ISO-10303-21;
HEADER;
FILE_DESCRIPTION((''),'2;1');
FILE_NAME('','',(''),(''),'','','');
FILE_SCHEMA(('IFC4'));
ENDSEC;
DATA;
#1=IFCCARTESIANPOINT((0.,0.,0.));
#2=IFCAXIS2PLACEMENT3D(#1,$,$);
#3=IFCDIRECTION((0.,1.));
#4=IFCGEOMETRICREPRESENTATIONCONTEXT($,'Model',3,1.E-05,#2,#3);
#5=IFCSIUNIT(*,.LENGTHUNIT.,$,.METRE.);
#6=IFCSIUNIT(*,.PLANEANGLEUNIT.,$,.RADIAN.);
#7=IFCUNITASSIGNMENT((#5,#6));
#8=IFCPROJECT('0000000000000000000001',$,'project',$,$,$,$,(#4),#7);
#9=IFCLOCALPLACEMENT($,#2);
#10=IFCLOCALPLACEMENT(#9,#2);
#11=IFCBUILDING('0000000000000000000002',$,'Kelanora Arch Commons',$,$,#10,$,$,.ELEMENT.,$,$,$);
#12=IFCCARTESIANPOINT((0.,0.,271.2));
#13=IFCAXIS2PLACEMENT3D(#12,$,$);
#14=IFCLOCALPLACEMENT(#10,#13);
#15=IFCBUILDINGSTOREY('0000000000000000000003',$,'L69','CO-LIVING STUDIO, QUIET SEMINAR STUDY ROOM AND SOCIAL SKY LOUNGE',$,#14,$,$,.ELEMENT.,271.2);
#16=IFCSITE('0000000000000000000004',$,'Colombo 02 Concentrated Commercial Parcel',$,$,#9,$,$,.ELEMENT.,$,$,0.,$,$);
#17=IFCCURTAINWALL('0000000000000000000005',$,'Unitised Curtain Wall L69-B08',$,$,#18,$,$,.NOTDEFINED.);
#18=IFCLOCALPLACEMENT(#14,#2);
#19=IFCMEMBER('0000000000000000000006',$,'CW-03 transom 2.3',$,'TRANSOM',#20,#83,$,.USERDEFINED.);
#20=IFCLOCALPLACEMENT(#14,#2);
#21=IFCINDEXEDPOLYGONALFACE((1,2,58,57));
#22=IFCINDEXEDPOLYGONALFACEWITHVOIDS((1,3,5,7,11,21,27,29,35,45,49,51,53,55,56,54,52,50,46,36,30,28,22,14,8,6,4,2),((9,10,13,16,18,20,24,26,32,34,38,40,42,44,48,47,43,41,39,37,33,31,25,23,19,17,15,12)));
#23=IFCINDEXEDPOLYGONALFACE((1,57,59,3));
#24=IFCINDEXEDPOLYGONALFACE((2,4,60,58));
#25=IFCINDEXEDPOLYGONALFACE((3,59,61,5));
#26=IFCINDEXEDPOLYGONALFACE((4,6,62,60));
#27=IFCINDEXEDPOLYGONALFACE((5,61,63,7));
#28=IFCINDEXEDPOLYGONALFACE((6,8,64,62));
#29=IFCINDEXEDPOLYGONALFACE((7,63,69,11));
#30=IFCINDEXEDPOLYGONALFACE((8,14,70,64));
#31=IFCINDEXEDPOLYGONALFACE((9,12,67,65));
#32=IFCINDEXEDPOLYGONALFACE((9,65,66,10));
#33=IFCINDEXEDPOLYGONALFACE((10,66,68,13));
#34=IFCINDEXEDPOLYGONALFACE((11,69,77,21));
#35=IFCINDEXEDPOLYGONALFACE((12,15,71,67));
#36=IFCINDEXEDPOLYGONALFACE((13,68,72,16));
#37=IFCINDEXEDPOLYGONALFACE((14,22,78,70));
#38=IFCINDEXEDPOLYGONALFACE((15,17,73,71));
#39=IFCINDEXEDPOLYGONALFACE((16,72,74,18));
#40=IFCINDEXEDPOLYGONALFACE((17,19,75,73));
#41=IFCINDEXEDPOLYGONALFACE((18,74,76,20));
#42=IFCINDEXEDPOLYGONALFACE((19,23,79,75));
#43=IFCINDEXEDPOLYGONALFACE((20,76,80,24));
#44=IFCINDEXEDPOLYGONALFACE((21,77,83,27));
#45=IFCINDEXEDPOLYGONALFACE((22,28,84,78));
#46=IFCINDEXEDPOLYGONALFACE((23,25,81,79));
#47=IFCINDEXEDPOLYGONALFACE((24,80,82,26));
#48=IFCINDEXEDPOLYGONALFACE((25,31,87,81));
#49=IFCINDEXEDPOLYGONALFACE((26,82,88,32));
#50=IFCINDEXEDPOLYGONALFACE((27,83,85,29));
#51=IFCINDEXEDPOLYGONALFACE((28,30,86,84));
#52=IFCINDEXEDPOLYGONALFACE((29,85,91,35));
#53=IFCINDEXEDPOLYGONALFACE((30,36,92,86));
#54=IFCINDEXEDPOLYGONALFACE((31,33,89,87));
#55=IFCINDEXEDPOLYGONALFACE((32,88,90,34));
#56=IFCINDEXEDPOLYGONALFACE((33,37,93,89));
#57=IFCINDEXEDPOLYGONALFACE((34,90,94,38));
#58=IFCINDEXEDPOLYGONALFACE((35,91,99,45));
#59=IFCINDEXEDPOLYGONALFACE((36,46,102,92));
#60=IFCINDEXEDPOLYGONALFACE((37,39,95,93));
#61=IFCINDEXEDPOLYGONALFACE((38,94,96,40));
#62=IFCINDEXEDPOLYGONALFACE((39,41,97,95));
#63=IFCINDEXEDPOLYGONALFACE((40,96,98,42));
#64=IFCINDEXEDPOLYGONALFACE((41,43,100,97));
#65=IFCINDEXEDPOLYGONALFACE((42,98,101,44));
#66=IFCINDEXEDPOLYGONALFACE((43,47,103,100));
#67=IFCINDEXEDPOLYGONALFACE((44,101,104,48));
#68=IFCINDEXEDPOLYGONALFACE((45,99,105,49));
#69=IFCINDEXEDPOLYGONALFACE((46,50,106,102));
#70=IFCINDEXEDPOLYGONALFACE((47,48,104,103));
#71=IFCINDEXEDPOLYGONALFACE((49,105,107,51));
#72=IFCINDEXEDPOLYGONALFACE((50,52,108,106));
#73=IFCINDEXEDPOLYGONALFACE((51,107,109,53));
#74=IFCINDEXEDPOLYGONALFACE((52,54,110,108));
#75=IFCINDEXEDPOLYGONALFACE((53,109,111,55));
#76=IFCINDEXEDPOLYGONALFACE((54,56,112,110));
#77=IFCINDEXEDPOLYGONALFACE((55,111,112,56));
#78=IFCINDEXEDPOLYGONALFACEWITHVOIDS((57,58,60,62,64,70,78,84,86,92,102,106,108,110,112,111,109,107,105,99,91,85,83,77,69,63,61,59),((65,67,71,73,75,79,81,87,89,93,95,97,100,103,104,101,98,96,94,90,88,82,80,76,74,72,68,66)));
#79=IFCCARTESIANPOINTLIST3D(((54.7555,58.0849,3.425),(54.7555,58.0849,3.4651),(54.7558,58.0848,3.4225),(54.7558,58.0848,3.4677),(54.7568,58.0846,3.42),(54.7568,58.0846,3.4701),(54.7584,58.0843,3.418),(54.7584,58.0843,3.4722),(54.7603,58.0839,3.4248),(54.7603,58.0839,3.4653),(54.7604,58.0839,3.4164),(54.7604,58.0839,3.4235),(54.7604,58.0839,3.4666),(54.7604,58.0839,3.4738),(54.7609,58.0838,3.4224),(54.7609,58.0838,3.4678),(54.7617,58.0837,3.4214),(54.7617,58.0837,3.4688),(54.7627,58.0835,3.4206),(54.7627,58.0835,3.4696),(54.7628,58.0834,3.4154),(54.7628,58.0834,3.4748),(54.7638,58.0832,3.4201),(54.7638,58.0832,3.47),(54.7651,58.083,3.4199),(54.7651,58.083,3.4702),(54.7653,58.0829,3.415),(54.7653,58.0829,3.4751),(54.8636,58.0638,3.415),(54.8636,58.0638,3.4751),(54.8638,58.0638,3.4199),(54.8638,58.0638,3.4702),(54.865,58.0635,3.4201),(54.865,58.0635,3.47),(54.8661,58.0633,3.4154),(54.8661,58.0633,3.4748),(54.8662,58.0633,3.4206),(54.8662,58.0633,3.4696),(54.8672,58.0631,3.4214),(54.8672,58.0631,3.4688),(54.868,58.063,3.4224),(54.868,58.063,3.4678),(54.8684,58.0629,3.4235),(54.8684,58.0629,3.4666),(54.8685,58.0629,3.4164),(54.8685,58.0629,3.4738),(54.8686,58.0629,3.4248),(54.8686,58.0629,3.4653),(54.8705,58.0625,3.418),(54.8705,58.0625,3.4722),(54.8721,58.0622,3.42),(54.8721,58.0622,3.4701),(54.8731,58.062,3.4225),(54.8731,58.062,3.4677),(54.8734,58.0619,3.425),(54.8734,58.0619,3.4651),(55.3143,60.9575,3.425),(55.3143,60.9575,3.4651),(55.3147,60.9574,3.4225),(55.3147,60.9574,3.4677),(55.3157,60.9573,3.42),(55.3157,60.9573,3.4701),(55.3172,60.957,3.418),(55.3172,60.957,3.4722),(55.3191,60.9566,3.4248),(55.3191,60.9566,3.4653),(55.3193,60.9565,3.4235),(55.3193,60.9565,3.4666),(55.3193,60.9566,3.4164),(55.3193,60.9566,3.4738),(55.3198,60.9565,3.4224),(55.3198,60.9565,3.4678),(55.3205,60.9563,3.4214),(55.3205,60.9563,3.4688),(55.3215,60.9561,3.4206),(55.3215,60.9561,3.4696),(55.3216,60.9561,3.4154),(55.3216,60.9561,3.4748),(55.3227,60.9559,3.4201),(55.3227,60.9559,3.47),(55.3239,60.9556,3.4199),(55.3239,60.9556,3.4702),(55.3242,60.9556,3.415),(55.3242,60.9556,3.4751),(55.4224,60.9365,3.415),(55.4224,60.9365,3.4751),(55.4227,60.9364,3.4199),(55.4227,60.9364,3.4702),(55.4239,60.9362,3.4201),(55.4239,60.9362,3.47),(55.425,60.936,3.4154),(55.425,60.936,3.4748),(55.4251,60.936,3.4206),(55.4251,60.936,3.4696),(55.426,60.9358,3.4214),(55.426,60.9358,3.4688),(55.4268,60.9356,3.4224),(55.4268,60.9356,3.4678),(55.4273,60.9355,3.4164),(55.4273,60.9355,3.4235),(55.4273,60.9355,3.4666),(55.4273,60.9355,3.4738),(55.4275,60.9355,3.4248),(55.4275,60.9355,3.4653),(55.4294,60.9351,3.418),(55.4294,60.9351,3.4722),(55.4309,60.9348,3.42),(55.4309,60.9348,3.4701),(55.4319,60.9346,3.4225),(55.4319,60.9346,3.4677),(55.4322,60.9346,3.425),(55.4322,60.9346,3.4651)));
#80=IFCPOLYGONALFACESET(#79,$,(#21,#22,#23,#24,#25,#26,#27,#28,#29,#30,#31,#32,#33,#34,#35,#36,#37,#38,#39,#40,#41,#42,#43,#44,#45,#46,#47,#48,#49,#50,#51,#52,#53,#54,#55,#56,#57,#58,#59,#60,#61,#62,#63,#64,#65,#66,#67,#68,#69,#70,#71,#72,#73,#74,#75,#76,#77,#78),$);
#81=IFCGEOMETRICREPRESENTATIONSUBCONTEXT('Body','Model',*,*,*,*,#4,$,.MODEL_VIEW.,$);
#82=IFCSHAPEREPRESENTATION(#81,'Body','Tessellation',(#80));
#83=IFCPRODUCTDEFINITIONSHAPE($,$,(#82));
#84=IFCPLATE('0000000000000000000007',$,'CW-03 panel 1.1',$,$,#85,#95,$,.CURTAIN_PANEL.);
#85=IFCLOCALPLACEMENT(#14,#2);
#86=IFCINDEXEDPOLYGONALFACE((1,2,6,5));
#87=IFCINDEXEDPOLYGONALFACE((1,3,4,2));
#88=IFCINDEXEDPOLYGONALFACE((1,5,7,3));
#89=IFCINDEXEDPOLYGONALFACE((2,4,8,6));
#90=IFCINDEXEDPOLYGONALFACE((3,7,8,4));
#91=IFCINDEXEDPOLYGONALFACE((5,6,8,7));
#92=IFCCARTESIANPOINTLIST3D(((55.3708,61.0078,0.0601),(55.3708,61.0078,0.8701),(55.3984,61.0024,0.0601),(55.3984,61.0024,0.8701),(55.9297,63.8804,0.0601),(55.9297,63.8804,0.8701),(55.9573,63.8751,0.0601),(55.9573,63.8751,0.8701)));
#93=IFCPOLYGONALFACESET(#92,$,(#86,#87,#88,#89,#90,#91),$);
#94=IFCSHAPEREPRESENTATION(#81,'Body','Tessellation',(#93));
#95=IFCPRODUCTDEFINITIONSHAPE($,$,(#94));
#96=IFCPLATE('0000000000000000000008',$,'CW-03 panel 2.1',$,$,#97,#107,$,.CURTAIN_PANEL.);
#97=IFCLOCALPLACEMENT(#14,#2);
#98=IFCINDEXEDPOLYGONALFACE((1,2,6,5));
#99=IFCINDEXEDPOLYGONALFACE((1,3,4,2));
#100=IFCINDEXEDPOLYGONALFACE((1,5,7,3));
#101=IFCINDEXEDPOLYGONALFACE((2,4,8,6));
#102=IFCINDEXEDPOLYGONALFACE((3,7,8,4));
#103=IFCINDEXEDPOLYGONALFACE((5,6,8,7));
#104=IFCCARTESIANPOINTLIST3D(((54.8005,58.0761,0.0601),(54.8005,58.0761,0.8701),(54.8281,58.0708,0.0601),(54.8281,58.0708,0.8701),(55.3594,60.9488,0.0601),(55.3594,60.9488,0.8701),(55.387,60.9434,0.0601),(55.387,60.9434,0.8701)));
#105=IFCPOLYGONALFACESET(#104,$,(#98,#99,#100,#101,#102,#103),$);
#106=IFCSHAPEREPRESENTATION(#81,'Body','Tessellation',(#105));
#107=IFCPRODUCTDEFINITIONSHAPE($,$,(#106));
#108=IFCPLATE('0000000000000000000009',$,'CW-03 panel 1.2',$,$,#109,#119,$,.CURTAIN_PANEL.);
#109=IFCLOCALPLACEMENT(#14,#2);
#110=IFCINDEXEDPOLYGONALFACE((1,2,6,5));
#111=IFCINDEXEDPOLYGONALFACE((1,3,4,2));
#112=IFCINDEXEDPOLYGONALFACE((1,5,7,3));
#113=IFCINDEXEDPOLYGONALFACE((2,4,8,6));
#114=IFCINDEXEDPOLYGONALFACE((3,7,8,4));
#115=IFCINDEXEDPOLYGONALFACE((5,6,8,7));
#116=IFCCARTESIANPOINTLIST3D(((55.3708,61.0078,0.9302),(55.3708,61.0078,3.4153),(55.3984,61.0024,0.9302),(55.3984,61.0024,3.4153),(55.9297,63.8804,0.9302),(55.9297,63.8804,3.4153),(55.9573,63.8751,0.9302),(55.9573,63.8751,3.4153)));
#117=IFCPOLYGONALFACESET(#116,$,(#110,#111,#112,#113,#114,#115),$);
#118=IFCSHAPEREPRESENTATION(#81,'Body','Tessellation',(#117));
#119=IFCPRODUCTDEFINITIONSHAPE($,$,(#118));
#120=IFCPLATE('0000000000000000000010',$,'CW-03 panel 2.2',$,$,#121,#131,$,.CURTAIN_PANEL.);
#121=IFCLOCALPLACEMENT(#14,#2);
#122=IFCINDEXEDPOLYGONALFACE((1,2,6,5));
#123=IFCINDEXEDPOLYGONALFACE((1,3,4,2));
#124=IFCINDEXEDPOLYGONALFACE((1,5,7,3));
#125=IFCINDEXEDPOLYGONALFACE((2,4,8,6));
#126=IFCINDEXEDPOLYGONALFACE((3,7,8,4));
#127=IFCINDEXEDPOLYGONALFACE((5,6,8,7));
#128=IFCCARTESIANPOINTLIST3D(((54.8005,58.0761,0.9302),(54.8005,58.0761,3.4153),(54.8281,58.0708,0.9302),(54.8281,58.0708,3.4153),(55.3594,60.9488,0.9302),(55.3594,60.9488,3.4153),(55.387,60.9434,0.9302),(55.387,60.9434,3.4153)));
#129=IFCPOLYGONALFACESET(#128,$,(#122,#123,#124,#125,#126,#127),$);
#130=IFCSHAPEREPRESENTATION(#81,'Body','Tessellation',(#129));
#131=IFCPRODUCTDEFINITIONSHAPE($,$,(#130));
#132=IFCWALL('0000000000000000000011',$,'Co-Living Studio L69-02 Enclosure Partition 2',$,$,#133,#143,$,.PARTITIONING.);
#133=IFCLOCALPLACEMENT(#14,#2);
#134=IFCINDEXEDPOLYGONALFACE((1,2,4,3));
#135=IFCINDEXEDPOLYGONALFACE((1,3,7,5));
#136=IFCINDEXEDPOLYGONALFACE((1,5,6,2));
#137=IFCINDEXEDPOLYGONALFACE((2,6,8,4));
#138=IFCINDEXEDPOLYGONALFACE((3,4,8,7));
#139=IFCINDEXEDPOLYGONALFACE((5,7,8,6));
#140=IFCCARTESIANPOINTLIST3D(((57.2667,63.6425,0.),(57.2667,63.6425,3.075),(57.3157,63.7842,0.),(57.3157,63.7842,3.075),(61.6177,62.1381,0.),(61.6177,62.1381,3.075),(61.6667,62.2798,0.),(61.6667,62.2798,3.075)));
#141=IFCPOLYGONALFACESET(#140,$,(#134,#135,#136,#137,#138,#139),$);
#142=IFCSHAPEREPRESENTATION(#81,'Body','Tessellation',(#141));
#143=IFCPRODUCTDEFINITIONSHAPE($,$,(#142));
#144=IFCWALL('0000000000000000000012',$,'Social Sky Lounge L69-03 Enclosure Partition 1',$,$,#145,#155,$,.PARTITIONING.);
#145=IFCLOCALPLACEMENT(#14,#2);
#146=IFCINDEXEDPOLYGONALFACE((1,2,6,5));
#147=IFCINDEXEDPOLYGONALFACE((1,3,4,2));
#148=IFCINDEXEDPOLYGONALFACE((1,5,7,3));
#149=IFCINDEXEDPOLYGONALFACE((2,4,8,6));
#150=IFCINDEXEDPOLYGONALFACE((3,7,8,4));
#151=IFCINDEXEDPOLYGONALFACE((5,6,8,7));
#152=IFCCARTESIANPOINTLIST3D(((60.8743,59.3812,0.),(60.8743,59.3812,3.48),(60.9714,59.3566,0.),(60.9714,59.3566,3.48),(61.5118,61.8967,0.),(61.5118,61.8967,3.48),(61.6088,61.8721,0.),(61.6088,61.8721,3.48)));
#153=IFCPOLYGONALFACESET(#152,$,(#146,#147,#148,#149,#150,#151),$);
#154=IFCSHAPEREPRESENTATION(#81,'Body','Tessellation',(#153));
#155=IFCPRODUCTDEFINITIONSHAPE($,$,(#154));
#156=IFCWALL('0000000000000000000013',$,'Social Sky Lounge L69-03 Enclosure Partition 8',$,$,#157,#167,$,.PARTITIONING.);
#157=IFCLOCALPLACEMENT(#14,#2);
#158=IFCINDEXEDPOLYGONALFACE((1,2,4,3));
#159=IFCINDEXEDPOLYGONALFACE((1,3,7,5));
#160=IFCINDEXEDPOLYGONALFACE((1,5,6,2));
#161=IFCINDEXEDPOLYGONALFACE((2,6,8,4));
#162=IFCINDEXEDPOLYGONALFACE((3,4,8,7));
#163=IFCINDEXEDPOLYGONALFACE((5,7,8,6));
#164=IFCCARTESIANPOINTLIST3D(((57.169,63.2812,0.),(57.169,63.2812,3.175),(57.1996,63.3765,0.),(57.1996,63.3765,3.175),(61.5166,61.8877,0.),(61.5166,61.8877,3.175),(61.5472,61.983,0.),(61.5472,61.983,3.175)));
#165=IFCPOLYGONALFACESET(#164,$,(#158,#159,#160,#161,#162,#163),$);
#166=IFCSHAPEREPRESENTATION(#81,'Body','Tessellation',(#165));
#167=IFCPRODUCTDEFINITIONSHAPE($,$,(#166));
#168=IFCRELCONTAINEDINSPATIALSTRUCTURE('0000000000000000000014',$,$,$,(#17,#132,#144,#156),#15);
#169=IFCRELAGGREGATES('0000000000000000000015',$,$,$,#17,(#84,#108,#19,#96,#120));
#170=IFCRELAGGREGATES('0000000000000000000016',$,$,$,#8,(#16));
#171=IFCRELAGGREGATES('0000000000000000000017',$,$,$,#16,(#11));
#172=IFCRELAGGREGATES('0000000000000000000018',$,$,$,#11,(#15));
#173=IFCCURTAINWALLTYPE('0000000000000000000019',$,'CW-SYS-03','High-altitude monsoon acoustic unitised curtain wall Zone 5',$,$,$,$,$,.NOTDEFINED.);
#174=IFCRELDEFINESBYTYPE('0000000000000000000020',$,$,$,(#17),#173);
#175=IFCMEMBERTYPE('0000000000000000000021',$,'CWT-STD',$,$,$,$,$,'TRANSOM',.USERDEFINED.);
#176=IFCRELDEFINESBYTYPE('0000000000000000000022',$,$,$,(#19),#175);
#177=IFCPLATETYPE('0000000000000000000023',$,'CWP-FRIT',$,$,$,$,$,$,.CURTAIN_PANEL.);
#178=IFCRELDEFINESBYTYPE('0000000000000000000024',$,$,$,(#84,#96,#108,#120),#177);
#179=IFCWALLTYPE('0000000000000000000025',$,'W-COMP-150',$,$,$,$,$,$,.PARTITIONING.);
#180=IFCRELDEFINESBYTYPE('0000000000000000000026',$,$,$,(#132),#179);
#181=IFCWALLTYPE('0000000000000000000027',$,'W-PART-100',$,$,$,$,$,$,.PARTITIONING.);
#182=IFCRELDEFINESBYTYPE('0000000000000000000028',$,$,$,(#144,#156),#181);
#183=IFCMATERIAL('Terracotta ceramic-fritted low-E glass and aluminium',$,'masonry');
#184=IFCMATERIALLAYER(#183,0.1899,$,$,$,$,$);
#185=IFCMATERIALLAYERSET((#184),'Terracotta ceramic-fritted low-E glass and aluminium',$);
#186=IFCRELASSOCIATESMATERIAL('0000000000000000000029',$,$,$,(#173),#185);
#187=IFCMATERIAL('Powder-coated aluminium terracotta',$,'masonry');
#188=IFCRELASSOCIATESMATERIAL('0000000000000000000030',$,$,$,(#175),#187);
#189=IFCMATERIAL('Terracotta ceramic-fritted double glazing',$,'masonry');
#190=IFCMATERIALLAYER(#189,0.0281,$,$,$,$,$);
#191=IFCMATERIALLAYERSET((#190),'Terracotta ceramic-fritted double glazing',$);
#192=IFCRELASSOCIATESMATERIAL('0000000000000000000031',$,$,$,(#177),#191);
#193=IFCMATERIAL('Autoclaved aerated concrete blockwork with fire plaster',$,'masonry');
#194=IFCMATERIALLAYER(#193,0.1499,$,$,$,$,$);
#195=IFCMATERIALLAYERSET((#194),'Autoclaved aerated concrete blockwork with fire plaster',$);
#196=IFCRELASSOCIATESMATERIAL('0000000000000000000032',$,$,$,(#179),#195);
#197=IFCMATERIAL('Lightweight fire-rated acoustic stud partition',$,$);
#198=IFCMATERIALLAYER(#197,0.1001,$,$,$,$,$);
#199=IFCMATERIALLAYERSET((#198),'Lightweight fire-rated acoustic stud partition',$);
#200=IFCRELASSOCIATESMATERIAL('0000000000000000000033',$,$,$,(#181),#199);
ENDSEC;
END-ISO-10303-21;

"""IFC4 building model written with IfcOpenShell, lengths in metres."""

from ifc_helpers import new_model, si_unit, direction, frame, frame_2d, origin, origin_2d, place, context, subcontext, project, spatial, rectangle, hollow_rectangle, extrude, source, transform, mapped, material, layer, layer_set, material_profile, profile_set, type_object, element, aggregate, save


model = new_model("IFC4")

# Units and contexts
model_context = context("Model", 3, precision=1e-05, world=origin(), true_north=direction((0.0, 1.0)))
body_context = subcontext(model_context, "Body", "Model", "MODEL_VIEW")
ifc_project = project(units=[si_unit("LENGTHUNIT", "METRE"), si_unit("PLANEANGLEUNIT", "RADIAN")], contexts=[model_context])

# Site, building, storey
site_placement = place(None, origin())
site = spatial("IfcSite", under=ifc_project, at=site_placement, Name="Colombo 02 Concentrated Commercial Parcel", CompositionType="ELEMENT", RefElevation=0.0)
building_placement = place(site_placement, origin())
building = spatial("IfcBuilding", under=site, at=building_placement, Name="Kelanora Arch Commons", CompositionType="ELEMENT")
storey_placement = place(building_placement, frame((0.0, 0.0, 271.2)))
storey = spatial("IfcBuildingStorey", under=building, at=storey_placement, Name="L69", Description="CO-LIVING STUDIO, QUIET SEMINAR STUDY ROOM AND SOCIAL SKY LOUNGE", CompositionType="ELEMENT", Elevation=271.2)

# Curtain wall, member, plates
ifc_material_1 = material(Name="Terracotta ceramic-fritted low-E glass and aluminium", Category="masonry")
ifc_layer_1 = layer(ifc_material_1, 0.1899)
ifc_layer_set_1 = layer_set([ifc_layer_1], Name="Terracotta ceramic-fritted low-E glass and aluminium")
curtain_wall_type = type_object("IfcCurtainWallType", Name="CW-SYS-03", Description="High-altitude monsoon acoustic unitised curtain wall Zone 5", PredefinedType="NOTDEFINED", material=ifc_layer_set_1)
curtain_wall_placement = place(storey_placement, origin())
curtain_wall = element("IfcCurtainWall", 1, at=curtain_wall_placement, inside=storey, type_object=curtain_wall_type, Name="Unitised Curtain Wall L69-B08", PredefinedType="NOTDEFINED")
ifc_material_2 = material(Name="Powder-coated aluminium terracotta", Category="masonry")
ifc_material_profile_1 = material_profile(ifc_material_2, hollow_rectangle(XDim=0.1201, YDim=0.0601, WallThickness=0.0049, InnerFilletRadius=0.0049, OuterFilletRadius=0.01, at=origin_2d()), Name="CWT120x60")
ifc_profile_set_1 = profile_set([ifc_material_profile_1], Name="Powder-coated aluminium terracotta")
member_type_1 = type_object("IfcMemberType", Name="CWT-STD", ElementType="TRANSOM", PredefinedType="USERDEFINED", material=ifc_profile_set_1)
member_1_placement = place(storey_placement, frame((55.3733, 60.946, 3.4451), z_axis=(-0.190963, -0.981597, 0.0), x_axis=(0.981597, -0.190963, 0.0)))
member_1 = element("IfcMember", 2, at=member_1_placement, type_object=member_type_1, Name="CW-03 transom 2.3", ObjectType="TRANSOM", PredefinedType="USERDEFINED", context=body_context, shape_type="SweptSolid", body=[
    extrude(hollow_rectangle(XDim=0.1201, YDim=0.0601, WallThickness=0.0049, InnerFilletRadius=0.0049, OuterFilletRadius=0.01, at=origin_2d()), origin(), (0.0, 0.0, 1.0), 2.9265),
])
ifc_material_3 = material(Name="Terracotta ceramic-fritted double glazing", Category="masonry")
ifc_layer_2 = layer(ifc_material_3, 0.0281)
ifc_layer_set_2 = layer_set([ifc_layer_2], Name="Terracotta ceramic-fritted double glazing")
plate_type = type_object("IfcPlateType", Name="CWP-FRIT", PredefinedType="CURTAIN_PANEL", material=ifc_layer_set_2)
shared_shape_1 = source(origin(), body_context, "Body", "SweptSolid", [
    extrude(rectangle(XDim=2.9265, YDim=0.0281, at=origin_2d()), origin(), (0.0, 0.0, 1.0), 0.8101),
])
plate_1_placement = place(storey_placement, frame((55.6641, 62.4414, 0.0601), z_axis=(0.0, 0.0, 1.0), x_axis=(-0.190972, -0.981596, 0.0)))
plate_1 = element("IfcPlate", 3, at=plate_1_placement, type_object=plate_type, Name="CW-03 panel 1.1", PredefinedType="CURTAIN_PANEL", context=body_context, shape_type="MappedRepresentation", body=[
    mapped(shared_shape_1, transform((0.0, 0.0, 0.0), scale=1.0)),
])
plate_2_placement = place(storey_placement, frame((55.0938, 59.5098, 0.0601), z_axis=(0.0, 0.0, 1.0), x_axis=(-0.190972, -0.981596, 0.0)))
plate_2 = element("IfcPlate", 4, at=plate_2_placement, type_object=plate_type, Name="CW-03 panel 2.1", PredefinedType="CURTAIN_PANEL", context=body_context, shape_type="MappedRepresentation", body=[
    mapped(shared_shape_1, transform((0.0, 0.0, 0.0), scale=1.0)),
])
shared_shape_2 = source(origin(), body_context, "Body", "SweptSolid", [
    extrude(rectangle(XDim=2.9265, YDim=0.0281, at=origin_2d()), origin(), (0.0, 0.0, 1.0), 2.4851),
])
plate_3_placement = place(storey_placement, frame((55.6641, 62.4414, 0.9302), z_axis=(0.0, 0.0, 1.0), x_axis=(-0.190972, -0.981596, 0.0)))
plate_3 = element("IfcPlate", 5, at=plate_3_placement, type_object=plate_type, Name="CW-03 panel 1.2", PredefinedType="CURTAIN_PANEL", context=body_context, shape_type="MappedRepresentation", body=[
    mapped(shared_shape_2, transform((0.0, 0.0, 0.0), scale=1.0)),
])
plate_4_placement = place(storey_placement, frame((55.0938, 59.5098, 0.9302), z_axis=(0.0, 0.0, 1.0), x_axis=(-0.190972, -0.981596, 0.0)))
plate_4 = element("IfcPlate", 6, at=plate_4_placement, type_object=plate_type, Name="CW-03 panel 2.2", PredefinedType="CURTAIN_PANEL", context=body_context, shape_type="MappedRepresentation", body=[
    mapped(shared_shape_2, transform((0.0, 0.0, 0.0), scale=1.0)),
])
aggregate(curtain_wall, [plate_1, plate_3, member_1, plate_2, plate_4])

# Walls
ifc_material_4 = material(Name="Autoclaved aerated concrete blockwork with fire plaster", Category="masonry")
ifc_layer_3 = layer(ifc_material_4, 0.1499)
ifc_layer_set_3 = layer_set([ifc_layer_3], Name="Autoclaved aerated concrete blockwork with fire plaster")
wall_type_1 = type_object("IfcWallType", Name="W-COMP-150", PredefinedType="PARTITIONING", material=ifc_layer_set_3)
wall_1_placement = place(storey_placement, frame((61.6421, 62.209, 0.0), z_axis=(0.0, 0.0, 1.0), x_axis=(-0.945103, 0.326772, 0.0)))
element("IfcWall", 7, at=wall_1_placement, inside=storey, type_object=wall_type_1, Name="Co-Living Studio L69-02 Enclosure Partition 2", PredefinedType="PARTITIONING", context=body_context, shape_type="SweptSolid", body=[
    extrude(rectangle(XDim=4.6038, YDim=0.1499, at=frame_2d((2.3018, 0.0))), origin(), (0.0, 0.0, 1.0), 3.075),
])
ifc_material_5 = material(Name="Lightweight fire-rated acoustic stud partition")
ifc_layer_4 = layer(ifc_material_5, 0.1001)
ifc_layer_set_4 = layer_set([ifc_layer_4], Name="Lightweight fire-rated acoustic stud partition")
wall_type_2 = type_object("IfcWallType", Name="W-PART-100", PredefinedType="PARTITIONING", material=ifc_layer_set_4)
wall_2_placement = place(storey_placement, frame((61.5603, 61.8843, 0.0), z_axis=(0.0, 0.0, 1.0), x_axis=(-0.245656, -0.969357, 0.0)))
element("IfcWall", 8, at=wall_2_placement, inside=storey, type_object=wall_type_2, Name="Social Sky Lounge L69-03 Enclosure Partition 1", PredefinedType="PARTITIONING", context=body_context, shape_type="SweptSolid", body=[
    extrude(rectangle(XDim=2.595, YDim=0.1001, at=frame_2d((1.2974, 0.0))), origin(), (0.0, 0.0, 1.0), 3.48),
])
wall_3_placement = place(storey_placement, frame((57.1843, 63.3289, 0.0), z_axis=(0.0, 0.0, 1.0), x_axis=(0.952278, -0.305234, 0.0)))
element("IfcWall", 9, at=wall_3_placement, inside=storey, type_object=wall_type_2, Name="Social Sky Lounge L69-03 Enclosure Partition 8", PredefinedType="PARTITIONING", context=body_context, shape_type="SweptSolid", body=[
    extrude(rectangle(XDim=4.5654, YDim=0.1001, at=frame_2d((2.2827, 0.0))), origin(), (0.0, 0.0, 1.0), 3.175),
])

save(model, "model.ifc")
